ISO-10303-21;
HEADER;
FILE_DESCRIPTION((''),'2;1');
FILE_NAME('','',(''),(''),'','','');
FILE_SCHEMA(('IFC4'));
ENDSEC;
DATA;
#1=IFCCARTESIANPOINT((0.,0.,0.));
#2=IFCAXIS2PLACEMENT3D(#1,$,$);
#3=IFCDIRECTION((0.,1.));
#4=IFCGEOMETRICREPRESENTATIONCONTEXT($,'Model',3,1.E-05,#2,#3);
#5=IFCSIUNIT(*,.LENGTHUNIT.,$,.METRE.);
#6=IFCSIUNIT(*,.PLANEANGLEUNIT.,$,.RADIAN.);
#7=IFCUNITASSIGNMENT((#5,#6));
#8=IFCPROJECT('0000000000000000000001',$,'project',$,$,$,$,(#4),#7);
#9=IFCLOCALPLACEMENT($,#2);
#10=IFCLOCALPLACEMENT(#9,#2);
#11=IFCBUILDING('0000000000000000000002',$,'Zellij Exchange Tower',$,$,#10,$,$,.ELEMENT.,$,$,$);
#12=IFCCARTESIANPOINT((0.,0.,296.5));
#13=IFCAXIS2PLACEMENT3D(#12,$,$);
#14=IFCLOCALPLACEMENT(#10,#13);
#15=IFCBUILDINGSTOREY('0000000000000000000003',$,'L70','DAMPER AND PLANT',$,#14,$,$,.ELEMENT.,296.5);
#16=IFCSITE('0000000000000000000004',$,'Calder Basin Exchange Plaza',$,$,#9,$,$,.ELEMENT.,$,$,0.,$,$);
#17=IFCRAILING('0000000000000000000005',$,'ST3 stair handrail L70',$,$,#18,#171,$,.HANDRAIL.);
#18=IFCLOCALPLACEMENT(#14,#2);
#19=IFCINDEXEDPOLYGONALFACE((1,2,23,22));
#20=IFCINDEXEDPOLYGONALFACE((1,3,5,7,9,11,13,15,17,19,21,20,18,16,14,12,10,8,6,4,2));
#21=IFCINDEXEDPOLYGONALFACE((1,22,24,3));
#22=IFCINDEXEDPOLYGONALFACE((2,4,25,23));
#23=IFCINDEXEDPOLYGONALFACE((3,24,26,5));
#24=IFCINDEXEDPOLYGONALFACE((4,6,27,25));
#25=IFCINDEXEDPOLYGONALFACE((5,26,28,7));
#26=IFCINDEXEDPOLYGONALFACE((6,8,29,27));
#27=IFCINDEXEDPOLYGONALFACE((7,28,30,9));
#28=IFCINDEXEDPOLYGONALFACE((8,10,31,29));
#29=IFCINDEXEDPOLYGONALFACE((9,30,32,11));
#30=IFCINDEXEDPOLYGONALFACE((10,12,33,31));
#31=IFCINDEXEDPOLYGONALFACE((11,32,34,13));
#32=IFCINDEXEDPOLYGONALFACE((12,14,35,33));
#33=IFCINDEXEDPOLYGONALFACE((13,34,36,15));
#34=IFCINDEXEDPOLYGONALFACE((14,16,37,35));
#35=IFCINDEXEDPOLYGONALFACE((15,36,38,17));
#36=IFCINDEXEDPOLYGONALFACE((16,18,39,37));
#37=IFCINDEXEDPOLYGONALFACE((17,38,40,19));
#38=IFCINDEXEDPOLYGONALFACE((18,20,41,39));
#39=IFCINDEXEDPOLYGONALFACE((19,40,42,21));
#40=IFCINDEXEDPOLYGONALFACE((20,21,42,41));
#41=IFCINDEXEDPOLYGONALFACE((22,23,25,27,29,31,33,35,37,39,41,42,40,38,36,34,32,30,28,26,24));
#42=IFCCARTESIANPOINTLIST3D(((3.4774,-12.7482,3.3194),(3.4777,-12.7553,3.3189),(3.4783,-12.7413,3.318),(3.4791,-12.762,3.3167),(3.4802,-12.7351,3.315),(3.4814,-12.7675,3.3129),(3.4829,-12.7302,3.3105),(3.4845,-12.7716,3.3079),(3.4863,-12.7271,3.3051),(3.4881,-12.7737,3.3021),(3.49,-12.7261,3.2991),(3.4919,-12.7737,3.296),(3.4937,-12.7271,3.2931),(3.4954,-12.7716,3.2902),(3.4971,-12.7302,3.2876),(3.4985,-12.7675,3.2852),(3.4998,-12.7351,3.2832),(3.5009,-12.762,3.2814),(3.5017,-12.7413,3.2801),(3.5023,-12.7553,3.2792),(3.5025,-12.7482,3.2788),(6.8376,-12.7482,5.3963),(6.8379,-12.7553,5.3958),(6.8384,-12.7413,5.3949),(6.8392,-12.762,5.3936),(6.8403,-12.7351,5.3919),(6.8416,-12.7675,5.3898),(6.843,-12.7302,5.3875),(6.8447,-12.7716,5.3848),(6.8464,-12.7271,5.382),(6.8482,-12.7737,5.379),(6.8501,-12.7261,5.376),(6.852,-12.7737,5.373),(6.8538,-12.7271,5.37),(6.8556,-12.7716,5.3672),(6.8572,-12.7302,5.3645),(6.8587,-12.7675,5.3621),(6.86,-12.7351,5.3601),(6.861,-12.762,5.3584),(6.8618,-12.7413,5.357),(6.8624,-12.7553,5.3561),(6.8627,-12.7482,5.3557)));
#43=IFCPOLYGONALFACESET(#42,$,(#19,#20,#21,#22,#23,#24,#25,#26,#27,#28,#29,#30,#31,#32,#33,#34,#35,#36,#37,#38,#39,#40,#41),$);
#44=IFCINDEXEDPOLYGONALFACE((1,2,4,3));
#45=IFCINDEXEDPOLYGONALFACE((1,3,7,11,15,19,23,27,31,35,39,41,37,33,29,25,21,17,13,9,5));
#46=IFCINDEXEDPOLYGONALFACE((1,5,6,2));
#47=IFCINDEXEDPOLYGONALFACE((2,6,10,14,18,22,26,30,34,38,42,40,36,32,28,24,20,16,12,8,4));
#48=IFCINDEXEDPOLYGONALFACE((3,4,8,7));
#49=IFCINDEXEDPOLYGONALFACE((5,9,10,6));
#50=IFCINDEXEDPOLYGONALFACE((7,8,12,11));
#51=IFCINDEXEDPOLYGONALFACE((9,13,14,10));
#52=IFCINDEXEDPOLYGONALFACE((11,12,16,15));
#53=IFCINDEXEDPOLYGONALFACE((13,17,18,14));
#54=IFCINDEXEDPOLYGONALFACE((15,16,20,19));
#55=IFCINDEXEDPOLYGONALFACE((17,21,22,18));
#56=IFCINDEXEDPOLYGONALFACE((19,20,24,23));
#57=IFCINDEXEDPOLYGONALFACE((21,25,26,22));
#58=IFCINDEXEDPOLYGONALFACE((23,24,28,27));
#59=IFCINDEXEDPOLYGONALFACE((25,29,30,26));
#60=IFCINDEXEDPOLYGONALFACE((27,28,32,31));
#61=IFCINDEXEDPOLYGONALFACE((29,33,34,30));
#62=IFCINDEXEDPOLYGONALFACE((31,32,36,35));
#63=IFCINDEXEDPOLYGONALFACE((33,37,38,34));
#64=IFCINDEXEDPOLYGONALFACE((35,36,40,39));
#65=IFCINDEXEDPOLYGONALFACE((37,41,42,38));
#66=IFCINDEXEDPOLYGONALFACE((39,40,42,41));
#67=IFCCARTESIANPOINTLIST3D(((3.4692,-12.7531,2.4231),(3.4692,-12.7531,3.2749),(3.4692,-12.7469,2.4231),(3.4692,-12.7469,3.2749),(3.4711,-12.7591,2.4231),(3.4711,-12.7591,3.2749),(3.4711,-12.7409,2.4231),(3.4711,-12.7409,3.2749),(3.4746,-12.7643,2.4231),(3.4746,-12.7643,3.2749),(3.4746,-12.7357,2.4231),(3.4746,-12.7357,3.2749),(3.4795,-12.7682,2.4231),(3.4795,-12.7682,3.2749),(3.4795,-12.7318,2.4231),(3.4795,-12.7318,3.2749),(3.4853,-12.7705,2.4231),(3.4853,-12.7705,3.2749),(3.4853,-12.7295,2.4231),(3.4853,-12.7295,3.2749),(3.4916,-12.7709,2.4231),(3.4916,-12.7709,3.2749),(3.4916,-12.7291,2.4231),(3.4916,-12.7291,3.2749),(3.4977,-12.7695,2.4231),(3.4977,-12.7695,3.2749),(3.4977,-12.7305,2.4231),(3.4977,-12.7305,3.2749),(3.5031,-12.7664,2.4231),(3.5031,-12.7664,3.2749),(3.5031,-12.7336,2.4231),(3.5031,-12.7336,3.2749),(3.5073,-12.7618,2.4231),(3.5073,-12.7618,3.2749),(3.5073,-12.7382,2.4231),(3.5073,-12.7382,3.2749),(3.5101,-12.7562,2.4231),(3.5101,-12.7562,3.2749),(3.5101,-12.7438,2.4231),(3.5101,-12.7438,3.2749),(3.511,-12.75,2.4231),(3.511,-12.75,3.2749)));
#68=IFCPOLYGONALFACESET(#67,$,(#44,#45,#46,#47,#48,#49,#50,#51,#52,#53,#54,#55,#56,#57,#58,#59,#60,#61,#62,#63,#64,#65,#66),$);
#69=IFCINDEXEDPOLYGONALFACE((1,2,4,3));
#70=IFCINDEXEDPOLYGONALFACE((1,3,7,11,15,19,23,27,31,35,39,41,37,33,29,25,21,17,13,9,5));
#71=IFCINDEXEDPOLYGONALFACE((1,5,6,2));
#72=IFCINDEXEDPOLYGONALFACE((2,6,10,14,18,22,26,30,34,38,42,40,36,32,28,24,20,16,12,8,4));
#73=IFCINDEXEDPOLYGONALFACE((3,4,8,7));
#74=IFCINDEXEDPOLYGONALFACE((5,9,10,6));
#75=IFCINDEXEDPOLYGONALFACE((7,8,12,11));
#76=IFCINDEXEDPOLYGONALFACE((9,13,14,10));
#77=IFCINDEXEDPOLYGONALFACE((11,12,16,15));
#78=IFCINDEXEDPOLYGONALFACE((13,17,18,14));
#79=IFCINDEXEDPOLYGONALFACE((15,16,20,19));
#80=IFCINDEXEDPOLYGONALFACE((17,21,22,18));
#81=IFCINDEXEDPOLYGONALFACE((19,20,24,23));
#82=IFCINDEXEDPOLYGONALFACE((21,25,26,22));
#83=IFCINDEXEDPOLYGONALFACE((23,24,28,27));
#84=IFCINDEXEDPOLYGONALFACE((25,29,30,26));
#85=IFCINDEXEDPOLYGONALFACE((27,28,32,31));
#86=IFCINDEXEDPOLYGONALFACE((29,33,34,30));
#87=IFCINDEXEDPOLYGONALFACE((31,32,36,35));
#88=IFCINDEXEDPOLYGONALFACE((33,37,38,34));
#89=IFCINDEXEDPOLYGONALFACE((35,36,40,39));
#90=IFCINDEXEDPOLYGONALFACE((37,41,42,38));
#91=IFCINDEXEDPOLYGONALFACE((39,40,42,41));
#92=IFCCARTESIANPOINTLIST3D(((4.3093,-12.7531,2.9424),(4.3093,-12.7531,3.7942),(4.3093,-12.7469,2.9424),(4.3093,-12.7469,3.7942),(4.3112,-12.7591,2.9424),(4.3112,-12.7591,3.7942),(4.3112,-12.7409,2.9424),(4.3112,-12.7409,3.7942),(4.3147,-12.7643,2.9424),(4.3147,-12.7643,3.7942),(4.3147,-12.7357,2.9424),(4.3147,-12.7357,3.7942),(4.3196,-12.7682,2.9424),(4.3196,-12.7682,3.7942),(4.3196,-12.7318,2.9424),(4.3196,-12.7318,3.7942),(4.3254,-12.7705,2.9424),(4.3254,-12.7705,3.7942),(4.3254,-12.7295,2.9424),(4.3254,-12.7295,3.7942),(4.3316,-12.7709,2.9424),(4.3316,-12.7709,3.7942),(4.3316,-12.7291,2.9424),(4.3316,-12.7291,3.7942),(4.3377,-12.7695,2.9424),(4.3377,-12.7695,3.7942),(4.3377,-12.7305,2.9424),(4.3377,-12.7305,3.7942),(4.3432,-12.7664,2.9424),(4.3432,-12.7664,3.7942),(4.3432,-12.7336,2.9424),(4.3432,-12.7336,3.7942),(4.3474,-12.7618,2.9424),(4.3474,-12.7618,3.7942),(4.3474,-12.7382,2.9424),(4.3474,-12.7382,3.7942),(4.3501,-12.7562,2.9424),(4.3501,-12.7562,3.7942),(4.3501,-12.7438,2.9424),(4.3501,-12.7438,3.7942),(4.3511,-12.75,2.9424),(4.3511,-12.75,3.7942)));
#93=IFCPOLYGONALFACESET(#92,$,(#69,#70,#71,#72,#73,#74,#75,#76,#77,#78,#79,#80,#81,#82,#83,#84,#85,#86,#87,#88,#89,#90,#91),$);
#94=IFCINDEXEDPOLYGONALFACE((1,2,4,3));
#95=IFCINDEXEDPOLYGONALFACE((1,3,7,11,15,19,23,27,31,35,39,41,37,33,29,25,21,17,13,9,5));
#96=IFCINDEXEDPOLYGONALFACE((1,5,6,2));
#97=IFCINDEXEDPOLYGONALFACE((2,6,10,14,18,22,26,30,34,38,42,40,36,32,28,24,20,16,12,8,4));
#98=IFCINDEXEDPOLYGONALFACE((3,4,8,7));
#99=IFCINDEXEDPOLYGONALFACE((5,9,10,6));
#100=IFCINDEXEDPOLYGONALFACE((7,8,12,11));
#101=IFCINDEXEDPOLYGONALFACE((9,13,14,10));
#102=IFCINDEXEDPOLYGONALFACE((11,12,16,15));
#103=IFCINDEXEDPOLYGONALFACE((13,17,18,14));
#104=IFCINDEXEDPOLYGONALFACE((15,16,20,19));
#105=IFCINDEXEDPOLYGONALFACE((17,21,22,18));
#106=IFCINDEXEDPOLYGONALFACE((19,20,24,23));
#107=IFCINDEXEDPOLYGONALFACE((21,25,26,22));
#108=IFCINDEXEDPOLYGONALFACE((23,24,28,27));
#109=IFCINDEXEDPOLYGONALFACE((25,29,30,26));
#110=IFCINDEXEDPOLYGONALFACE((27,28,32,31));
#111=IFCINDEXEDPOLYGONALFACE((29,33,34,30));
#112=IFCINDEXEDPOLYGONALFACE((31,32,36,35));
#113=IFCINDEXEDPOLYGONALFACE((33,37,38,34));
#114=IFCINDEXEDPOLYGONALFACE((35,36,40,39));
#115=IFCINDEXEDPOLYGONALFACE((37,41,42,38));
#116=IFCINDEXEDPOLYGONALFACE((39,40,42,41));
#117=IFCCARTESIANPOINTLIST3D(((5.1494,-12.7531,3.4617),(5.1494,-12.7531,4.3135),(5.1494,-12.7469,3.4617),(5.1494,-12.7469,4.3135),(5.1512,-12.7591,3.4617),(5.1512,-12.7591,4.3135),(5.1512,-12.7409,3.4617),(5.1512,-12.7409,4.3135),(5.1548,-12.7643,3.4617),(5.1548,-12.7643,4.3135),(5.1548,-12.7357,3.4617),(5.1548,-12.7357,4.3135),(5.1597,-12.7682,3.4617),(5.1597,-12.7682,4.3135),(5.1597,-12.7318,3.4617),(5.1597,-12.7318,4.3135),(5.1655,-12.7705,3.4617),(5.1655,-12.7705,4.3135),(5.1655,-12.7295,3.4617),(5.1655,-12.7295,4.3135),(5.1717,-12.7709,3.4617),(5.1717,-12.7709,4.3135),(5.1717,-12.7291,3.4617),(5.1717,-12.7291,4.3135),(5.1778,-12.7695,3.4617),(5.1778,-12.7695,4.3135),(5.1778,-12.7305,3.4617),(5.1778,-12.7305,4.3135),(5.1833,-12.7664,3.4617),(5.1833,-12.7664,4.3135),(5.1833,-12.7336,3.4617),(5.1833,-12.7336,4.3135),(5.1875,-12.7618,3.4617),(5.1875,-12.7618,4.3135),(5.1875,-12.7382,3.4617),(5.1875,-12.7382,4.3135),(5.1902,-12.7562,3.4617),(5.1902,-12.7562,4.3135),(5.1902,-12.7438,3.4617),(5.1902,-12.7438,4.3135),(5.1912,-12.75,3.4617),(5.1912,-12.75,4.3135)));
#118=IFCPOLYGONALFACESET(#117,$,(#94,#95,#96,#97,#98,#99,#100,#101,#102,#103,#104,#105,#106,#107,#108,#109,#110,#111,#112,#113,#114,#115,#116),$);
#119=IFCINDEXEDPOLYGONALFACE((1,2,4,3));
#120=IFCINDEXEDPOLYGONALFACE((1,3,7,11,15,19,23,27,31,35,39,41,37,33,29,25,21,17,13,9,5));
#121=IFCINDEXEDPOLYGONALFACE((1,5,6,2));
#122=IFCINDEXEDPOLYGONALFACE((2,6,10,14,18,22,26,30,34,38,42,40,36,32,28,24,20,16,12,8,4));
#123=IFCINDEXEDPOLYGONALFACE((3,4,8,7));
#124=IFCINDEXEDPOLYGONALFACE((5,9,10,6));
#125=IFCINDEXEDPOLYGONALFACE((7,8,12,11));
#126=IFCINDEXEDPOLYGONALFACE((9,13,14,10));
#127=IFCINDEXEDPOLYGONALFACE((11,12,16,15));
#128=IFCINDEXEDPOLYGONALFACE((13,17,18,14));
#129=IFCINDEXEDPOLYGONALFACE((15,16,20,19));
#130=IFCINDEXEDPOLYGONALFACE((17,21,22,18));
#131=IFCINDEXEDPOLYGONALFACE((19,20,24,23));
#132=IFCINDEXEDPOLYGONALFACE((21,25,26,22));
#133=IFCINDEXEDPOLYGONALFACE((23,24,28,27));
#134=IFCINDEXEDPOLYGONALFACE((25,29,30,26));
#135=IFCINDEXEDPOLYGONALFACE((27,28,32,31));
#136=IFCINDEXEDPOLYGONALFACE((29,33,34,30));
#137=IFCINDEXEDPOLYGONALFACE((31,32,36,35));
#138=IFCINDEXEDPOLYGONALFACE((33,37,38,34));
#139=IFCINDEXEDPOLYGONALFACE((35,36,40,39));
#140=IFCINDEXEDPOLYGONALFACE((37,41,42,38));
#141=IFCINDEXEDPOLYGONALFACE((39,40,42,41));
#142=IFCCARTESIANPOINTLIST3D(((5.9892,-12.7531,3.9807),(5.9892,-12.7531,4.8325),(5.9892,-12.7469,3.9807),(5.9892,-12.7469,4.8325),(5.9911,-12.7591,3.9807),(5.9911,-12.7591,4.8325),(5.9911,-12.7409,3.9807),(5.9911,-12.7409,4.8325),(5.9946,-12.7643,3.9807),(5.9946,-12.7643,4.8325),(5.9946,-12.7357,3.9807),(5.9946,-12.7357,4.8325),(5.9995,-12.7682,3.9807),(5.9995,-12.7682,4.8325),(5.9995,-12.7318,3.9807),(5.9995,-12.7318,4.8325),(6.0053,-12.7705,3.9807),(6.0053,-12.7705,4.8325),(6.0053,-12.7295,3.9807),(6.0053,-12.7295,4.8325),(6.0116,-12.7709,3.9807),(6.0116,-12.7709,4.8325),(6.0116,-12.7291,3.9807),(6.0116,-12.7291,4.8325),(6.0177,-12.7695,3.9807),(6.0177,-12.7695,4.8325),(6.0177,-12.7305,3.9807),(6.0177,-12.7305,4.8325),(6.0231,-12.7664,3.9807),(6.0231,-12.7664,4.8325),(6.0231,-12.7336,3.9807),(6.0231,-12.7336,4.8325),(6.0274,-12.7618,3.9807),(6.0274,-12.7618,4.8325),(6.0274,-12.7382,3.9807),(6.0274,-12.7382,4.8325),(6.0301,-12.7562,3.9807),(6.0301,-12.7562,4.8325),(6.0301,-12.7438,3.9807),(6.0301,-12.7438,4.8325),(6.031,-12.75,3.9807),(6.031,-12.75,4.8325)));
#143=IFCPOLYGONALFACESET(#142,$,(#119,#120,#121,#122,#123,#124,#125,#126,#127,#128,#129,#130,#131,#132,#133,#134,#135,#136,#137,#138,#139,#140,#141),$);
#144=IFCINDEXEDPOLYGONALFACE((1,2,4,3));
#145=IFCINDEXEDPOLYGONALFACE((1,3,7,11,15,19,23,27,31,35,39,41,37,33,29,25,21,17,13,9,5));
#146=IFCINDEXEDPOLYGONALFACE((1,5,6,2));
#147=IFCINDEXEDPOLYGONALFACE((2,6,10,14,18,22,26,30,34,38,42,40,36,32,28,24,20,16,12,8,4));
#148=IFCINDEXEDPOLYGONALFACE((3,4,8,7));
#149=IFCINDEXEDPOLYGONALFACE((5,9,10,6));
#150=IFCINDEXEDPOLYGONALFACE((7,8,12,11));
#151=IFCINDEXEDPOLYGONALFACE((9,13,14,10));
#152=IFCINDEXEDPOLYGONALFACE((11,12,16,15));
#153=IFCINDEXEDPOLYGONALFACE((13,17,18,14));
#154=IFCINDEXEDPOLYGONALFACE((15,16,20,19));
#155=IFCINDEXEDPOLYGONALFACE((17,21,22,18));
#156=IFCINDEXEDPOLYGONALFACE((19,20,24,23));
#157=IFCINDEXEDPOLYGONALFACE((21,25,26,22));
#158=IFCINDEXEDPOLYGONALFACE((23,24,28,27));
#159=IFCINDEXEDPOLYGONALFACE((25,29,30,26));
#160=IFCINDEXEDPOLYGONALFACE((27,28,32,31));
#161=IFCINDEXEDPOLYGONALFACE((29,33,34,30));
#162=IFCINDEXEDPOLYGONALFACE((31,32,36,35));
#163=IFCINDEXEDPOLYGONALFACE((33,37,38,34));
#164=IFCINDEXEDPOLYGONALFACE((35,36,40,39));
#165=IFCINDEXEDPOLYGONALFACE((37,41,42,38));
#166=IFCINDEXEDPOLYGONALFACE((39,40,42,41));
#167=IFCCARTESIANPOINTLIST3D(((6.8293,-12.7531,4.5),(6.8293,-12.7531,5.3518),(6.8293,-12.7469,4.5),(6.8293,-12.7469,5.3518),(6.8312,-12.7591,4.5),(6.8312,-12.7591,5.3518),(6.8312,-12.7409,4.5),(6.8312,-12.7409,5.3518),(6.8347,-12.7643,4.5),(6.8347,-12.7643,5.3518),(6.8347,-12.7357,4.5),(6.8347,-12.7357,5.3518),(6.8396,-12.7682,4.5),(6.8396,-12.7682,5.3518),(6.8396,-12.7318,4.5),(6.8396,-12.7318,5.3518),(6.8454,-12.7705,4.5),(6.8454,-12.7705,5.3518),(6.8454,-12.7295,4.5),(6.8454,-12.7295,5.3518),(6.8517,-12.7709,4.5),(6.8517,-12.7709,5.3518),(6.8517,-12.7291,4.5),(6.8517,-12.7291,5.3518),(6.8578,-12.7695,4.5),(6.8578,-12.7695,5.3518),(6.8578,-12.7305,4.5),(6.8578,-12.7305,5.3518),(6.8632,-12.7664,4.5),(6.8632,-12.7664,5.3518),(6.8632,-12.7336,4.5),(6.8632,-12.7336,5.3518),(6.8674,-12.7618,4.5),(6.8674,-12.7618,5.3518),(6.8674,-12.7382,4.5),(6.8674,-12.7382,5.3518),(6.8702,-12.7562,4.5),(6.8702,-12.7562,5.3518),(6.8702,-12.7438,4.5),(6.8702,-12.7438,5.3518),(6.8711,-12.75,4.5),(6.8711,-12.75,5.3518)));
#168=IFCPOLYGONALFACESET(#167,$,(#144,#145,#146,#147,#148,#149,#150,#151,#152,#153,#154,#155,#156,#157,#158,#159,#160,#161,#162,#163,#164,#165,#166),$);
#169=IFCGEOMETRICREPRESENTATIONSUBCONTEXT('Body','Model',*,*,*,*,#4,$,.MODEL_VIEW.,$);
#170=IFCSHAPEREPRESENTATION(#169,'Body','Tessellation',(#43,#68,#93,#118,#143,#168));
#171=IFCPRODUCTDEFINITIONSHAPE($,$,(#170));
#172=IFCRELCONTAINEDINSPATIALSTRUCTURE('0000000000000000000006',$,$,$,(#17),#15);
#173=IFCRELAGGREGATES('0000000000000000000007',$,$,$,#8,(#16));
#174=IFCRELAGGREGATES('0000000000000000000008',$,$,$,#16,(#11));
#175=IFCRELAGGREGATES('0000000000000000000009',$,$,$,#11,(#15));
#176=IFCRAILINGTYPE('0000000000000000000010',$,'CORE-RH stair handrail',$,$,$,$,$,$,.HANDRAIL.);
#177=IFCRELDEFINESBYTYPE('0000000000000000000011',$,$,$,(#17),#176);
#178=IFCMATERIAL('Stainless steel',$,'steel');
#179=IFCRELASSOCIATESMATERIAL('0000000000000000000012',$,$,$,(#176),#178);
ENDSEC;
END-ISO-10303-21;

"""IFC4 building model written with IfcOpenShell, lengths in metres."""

from ifc_helpers import new_model, si_unit, direction, frame, origin, origin_2d, place, context, subcontext, project, spatial, circle, extrude, material, type_object, element, save


model = new_model("IFC4")

# Units and contexts
model_context = context("Model", 3, precision=1e-05, world=origin(), true_north=direction((0.0, 1.0)))
body_context = subcontext(model_context, "Body", "Model", "MODEL_VIEW")
ifc_project = project(units=[si_unit("LENGTHUNIT", "METRE"), si_unit("PLANEANGLEUNIT", "RADIAN")], contexts=[model_context])

# Site, building, storey
site_placement = place(None, origin())
site = spatial("IfcSite", under=ifc_project, at=site_placement, Name="Calder Basin Exchange Plaza", CompositionType="ELEMENT", RefElevation=0.0)
building_placement = place(site_placement, origin())
building = spatial("IfcBuilding", under=site, at=building_placement, Name="Zellij Exchange Tower", CompositionType="ELEMENT")
storey_placement = place(building_placement, frame((0.0, 0.0, 296.5)))
storey = spatial("IfcBuildingStorey", under=building, at=storey_placement, Name="L70", Description="DAMPER AND PLANT", CompositionType="ELEMENT", Elevation=296.5)

# Railing
ifc_material_1 = material(Name="Stainless steel", Category="steel")
railing_type_1 = type_object("IfcRailingType", Name="CORE-RH stair handrail", PredefinedType="HANDRAIL", material=ifc_material_1)
railing_1_placement = place(storey_placement, frame((3.49, -12.75, 2.4231)))
element("IfcRailing", 1, at=railing_1_placement, inside=storey, type_object=railing_type_1, Name="ST3 stair handrail L70", PredefinedType="HANDRAIL", context=body_context, shape_type="SweptSolid", body=[
    extrude(circle(Radius=0.0239, at=origin_2d()), frame((0.0, 0.0, 0.876), z_axis=(0.850623, 0.0, 0.525776), x_axis=(0.0, 1.0, 0.0)), (0.0, 0.0, 1.0), 3.9502),
    extrude(circle(Radius=0.021, at=origin_2d()), origin(), (0.0, 0.0, 1.0), 0.8518),
    extrude(circle(Radius=0.021, at=origin_2d()), frame((0.8401, 0.0, 0.5193)), (0.0, 0.0, 1.0), 0.8518),
    extrude(circle(Radius=0.021, at=origin_2d()), frame((1.6802, 0.0, 1.0386)), (0.0, 0.0, 1.0), 0.8518),
    extrude(circle(Radius=0.021, at=origin_2d()), frame((2.52, 0.0, 1.5576)), (0.0, 0.0, 1.0), 0.8518),
    extrude(circle(Radius=0.021, at=origin_2d()), frame((3.3601, 0.0, 2.0769)), (0.0, 0.0, 1.0), 0.8518),
])

save(model, "model.ifc")
